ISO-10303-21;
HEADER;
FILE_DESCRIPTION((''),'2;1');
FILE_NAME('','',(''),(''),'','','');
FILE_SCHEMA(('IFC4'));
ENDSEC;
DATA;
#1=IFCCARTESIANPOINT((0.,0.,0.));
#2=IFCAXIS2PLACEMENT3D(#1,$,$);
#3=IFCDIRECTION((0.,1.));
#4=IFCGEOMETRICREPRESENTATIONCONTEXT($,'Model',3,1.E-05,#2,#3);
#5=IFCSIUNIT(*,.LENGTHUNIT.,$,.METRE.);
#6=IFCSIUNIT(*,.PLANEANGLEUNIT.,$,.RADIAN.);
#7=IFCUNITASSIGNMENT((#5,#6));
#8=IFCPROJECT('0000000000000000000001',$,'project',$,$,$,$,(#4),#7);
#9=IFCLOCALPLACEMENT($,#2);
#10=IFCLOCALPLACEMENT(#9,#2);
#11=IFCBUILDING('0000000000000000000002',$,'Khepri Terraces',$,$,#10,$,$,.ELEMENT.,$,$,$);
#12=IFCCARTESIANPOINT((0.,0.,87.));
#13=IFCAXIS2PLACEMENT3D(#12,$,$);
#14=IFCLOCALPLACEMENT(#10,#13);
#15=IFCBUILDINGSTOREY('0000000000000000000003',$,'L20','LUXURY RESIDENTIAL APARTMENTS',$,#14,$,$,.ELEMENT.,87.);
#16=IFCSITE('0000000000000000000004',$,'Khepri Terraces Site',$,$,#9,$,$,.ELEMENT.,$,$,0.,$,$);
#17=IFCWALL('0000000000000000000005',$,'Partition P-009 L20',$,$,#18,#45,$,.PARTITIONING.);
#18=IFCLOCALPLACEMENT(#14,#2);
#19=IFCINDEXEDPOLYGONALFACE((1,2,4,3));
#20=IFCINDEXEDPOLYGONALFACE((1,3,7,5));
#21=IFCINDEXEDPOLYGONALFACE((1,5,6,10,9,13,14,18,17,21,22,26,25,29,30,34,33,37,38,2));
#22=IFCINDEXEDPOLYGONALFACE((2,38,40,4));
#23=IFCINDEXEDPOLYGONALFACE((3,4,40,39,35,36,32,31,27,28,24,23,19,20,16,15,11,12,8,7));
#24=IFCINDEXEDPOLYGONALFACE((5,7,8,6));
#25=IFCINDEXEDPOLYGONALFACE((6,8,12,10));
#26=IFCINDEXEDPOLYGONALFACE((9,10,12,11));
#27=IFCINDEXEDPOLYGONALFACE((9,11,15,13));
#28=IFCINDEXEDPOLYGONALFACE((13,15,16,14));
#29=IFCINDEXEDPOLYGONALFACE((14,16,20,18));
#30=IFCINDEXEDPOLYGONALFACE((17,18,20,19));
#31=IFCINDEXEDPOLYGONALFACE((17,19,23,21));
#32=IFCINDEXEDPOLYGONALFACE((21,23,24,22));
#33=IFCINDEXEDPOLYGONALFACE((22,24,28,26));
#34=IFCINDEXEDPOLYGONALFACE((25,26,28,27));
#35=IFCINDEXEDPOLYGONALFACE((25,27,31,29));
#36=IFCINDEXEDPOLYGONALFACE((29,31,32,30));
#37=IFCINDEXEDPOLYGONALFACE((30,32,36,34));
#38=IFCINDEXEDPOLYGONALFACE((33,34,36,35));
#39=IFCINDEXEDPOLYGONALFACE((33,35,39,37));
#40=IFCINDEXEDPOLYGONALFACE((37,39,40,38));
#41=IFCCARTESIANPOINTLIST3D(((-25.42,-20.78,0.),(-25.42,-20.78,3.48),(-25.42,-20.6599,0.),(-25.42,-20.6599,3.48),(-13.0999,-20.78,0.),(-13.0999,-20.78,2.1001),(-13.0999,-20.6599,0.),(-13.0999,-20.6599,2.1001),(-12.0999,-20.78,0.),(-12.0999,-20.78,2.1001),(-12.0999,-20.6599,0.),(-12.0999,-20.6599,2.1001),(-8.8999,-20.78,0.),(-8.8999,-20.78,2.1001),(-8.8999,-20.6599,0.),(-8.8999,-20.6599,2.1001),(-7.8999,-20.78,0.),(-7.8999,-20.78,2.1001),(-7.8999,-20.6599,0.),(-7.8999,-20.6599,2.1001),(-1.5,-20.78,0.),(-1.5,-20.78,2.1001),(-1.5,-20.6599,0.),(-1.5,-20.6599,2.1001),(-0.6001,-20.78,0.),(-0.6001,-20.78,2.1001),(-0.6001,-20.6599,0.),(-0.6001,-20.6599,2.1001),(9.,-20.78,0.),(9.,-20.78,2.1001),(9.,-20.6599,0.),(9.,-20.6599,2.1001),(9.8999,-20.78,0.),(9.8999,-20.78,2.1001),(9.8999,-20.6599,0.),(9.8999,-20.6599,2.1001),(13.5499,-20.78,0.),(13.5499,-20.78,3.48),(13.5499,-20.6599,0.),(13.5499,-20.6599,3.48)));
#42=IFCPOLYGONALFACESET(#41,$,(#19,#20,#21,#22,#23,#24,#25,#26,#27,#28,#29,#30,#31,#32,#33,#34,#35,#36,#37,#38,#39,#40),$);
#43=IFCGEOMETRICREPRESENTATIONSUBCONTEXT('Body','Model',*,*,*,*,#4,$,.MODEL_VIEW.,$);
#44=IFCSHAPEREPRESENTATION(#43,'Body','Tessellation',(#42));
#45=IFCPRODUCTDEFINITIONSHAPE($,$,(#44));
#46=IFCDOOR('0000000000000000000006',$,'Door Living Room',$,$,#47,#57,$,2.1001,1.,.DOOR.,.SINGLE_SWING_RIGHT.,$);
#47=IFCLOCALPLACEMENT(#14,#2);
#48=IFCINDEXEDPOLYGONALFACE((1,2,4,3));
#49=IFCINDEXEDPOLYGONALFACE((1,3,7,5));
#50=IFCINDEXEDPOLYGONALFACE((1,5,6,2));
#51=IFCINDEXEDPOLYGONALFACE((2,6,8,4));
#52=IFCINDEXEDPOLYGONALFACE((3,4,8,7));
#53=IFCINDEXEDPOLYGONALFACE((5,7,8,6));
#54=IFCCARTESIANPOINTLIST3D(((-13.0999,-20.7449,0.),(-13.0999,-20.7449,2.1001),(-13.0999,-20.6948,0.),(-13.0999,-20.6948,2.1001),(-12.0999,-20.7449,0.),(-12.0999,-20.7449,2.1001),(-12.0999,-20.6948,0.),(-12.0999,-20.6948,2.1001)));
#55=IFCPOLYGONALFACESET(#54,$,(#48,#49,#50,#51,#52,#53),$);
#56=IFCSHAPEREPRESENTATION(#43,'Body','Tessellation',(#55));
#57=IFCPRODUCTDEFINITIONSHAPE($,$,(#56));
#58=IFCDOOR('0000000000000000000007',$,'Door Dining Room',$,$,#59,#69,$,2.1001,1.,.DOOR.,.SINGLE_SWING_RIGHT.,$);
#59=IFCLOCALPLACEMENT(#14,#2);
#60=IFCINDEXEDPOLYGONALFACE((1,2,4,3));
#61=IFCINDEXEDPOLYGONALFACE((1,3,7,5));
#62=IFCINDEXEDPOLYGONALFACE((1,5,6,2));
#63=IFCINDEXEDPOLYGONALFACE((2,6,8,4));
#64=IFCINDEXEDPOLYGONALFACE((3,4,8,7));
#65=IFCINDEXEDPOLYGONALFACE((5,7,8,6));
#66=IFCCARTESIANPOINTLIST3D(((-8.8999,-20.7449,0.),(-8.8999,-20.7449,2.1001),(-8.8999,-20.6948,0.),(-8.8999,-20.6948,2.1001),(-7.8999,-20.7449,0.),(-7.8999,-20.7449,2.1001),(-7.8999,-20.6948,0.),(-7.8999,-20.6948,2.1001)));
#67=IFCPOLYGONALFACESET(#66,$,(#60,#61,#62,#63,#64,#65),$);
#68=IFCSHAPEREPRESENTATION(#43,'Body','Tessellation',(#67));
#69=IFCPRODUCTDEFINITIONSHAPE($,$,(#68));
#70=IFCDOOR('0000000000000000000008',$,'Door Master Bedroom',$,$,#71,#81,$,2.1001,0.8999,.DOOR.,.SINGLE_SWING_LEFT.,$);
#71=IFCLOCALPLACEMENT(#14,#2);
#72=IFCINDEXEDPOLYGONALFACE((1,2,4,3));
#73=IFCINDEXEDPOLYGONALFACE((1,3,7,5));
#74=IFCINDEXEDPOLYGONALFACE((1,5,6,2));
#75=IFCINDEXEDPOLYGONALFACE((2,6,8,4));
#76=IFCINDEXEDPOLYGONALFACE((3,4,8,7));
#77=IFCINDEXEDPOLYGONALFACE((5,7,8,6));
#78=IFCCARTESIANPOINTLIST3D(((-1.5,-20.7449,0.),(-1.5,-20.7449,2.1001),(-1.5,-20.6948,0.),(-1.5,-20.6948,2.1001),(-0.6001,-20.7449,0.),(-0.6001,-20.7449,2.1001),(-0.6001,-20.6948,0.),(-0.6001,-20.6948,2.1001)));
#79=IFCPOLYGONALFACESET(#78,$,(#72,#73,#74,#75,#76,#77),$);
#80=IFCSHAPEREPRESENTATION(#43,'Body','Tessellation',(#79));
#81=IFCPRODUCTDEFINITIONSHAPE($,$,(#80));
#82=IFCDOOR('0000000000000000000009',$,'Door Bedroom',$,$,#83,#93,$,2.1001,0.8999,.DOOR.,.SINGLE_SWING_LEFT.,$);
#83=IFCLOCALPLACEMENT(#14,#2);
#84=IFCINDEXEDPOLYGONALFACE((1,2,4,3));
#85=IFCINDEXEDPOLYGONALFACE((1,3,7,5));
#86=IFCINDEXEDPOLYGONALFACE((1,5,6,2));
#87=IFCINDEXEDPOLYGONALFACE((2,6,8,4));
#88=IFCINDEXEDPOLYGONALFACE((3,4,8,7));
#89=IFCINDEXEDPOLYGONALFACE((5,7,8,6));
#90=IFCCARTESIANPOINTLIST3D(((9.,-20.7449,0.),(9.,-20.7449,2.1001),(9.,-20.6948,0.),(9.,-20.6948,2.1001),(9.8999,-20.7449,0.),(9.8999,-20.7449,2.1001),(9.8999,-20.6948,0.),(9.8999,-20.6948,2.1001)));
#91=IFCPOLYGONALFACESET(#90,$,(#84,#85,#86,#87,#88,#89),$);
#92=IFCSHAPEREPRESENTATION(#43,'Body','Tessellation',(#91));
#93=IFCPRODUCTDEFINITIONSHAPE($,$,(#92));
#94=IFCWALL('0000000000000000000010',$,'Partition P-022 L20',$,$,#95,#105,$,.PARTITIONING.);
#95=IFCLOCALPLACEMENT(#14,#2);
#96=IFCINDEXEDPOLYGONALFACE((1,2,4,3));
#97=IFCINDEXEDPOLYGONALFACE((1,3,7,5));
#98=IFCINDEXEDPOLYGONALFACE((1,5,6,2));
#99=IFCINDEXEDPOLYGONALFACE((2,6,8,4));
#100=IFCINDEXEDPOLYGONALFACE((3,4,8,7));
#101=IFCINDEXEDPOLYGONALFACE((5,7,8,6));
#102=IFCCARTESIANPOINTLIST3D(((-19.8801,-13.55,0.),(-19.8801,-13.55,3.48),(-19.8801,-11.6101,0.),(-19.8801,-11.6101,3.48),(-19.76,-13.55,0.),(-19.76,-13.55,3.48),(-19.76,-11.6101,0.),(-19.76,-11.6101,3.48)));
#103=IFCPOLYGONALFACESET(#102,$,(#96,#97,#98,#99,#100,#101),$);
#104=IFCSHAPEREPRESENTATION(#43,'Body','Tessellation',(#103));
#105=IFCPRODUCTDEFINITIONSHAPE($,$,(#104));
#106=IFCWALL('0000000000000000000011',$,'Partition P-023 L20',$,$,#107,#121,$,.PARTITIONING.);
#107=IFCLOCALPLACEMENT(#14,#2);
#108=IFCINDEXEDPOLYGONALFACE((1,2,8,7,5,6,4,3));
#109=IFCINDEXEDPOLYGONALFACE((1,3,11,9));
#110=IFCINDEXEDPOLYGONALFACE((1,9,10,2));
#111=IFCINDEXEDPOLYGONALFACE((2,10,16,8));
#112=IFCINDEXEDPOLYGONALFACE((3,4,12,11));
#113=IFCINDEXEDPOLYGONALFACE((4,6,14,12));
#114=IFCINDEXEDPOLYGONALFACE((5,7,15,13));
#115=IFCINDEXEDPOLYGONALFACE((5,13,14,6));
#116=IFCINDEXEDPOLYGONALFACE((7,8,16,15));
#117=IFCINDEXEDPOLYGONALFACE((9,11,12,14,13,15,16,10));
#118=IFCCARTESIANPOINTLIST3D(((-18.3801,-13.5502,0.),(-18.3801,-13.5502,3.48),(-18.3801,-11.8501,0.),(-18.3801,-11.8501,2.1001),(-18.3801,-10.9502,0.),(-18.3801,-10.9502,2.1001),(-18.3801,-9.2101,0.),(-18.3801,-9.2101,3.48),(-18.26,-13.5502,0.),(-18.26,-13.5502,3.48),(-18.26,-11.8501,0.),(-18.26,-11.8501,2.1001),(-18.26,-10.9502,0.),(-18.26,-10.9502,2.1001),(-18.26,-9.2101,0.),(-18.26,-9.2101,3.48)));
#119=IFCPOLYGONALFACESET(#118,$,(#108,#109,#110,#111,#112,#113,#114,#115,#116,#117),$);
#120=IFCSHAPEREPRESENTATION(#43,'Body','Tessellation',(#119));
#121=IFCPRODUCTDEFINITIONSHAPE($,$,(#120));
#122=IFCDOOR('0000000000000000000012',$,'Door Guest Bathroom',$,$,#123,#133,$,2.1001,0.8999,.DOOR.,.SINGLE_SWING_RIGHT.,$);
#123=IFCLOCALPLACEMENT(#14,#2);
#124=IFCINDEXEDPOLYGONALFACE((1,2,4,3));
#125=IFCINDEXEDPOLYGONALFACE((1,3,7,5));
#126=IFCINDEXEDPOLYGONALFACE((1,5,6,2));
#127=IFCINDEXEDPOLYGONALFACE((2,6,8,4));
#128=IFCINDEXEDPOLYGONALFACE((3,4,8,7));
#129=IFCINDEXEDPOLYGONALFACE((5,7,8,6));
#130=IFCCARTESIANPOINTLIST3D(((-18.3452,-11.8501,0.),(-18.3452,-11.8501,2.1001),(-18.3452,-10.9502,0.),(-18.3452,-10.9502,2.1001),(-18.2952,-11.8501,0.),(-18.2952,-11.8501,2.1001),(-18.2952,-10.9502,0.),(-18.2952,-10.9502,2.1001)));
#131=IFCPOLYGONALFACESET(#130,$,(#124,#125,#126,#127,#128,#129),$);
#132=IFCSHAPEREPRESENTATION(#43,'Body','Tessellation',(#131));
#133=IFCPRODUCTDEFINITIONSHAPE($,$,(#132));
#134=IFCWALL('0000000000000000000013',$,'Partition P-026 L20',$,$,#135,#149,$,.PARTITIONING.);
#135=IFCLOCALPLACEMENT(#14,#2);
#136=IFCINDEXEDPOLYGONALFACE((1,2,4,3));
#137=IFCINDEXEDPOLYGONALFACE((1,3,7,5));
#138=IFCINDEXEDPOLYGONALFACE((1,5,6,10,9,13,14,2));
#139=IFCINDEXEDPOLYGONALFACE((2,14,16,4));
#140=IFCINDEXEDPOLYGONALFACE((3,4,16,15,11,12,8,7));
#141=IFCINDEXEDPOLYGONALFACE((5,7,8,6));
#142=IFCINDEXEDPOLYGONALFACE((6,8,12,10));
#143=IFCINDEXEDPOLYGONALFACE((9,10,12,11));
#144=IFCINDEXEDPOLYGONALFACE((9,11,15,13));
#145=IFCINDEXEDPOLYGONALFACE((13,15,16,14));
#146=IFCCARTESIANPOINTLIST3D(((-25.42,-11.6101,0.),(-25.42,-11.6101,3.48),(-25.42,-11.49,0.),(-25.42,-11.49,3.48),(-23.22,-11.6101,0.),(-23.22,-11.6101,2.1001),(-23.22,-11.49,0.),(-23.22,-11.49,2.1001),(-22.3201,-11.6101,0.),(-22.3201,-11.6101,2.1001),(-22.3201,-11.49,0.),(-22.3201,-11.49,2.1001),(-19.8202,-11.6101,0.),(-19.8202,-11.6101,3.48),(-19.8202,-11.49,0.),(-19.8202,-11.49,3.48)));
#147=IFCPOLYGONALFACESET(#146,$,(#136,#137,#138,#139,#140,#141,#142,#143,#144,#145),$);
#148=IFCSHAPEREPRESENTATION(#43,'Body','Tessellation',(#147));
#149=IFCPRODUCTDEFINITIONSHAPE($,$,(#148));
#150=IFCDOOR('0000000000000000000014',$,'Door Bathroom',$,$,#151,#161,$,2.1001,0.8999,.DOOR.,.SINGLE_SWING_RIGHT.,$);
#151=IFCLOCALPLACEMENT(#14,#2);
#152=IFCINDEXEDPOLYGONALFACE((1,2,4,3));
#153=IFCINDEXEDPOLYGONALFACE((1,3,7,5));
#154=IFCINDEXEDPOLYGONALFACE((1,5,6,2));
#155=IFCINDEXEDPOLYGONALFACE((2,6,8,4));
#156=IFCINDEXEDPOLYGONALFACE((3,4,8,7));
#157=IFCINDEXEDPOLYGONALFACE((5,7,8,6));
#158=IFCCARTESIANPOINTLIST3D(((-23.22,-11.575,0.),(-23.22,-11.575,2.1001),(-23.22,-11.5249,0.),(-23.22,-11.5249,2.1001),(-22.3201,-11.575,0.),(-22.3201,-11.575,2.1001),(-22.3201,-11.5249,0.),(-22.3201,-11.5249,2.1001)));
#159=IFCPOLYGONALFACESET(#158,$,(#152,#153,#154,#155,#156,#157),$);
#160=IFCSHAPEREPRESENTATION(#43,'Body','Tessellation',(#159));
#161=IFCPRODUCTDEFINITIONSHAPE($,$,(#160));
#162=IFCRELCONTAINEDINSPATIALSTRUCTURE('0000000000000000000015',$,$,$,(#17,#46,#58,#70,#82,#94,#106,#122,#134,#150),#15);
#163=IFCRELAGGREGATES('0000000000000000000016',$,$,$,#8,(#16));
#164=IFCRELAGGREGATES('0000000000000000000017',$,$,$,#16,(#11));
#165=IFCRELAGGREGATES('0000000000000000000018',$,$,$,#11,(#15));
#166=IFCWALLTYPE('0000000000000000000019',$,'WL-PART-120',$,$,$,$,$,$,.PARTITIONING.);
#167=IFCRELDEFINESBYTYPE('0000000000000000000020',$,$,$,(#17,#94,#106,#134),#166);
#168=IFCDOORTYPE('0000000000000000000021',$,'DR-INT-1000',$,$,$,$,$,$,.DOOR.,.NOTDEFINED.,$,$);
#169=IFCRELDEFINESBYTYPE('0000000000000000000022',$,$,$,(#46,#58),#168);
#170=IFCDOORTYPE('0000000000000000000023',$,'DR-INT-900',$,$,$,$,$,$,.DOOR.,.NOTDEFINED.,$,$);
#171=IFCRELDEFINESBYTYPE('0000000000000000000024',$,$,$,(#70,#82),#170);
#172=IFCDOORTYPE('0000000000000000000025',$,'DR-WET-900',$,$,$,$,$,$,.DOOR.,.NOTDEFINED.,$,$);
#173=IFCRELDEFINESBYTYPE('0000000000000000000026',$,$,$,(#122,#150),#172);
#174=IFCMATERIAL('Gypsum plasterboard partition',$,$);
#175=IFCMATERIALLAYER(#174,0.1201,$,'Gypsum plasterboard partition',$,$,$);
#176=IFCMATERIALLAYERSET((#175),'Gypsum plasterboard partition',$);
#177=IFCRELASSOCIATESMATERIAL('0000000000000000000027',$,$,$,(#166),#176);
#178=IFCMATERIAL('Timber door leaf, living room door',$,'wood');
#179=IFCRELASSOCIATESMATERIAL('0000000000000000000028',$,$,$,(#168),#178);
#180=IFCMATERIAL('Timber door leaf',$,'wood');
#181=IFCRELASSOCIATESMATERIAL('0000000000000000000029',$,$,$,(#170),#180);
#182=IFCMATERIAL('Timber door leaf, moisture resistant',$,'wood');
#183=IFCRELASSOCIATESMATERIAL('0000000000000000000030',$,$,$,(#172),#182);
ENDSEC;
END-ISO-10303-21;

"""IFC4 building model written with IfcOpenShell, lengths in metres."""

from ifc_helpers import new_model, si_unit, direction, frame, frame_2d, origin, place, context, subcontext, project, spatial, rectangle, extrude, material, layer, layer_set, type_object, element, fill, save


model = new_model("IFC4")

# Units and contexts
model_context = context("Model", 3, precision=1e-05, world=origin(), true_north=direction((0.0, 1.0)))
body_context = subcontext(model_context, "Body", "Model", "MODEL_VIEW")
ifc_project = project(units=[si_unit("LENGTHUNIT", "METRE"), si_unit("PLANEANGLEUNIT", "RADIAN")], contexts=[model_context])

# Site, building, storey
site_placement = place(None, origin())
site = spatial("IfcSite", under=ifc_project, at=site_placement, Name="Khepri Terraces Site", CompositionType="ELEMENT", RefElevation=0.0)
building_placement = place(site_placement, origin())
building = spatial("IfcBuilding", under=site, at=building_placement, Name="Khepri Terraces", CompositionType="ELEMENT")
storey_placement = place(building_placement, frame((0.0, 0.0, 87.0)))
storey = spatial("IfcBuildingStorey", under=building, at=storey_placement, Name="L20", Description="LUXURY RESIDENTIAL APARTMENTS", CompositionType="ELEMENT", Elevation=87.0)

# Wall, openings, doors
ifc_material_1 = material(Name="Gypsum plasterboard partition")
ifc_layer_1 = layer(ifc_material_1, 0.1201, Name="Gypsum plasterboard partition")
ifc_layer_set_1 = layer_set([ifc_layer_1], Name="Gypsum plasterboard partition")
wall_type_1 = type_object("IfcWallType", Name="WL-PART-120", PredefinedType="PARTITIONING", material=ifc_layer_set_1)
wall_1_placement = place(storey_placement, frame((-25.4199, -20.72, 0.0), z_axis=(0.0, 0.0, 1.0), x_axis=(1.0, 0.0, 0.0)))
wall_1 = element("IfcWall", 1, at=wall_1_placement, inside=storey, type_object=wall_type_1, Name="Partition P-009 L20", PredefinedType="PARTITIONING", context=body_context, shape_type="SweptSolid", body=[
    extrude(rectangle(XDim=38.97, YDim=0.1201, at=frame_2d((19.4849, 0.0))), origin(), (0.0, 0.0, 1.0), 3.48),
])
opening_1_placement = place(wall_1_placement, frame((12.3201, 0.0, 0.0)))
opening_1 = element("IfcOpeningElement", 2, at=opening_1_placement, cuts=wall_1, PredefinedType="OPENING", context=body_context, shape_type="SweptSolid", body=[
    extrude(rectangle(XDim=1.0, YDim=2.1001, at=frame_2d((0.5, 1.05))), frame((0.0, 0.0701, 0.0), z_axis=(0.0, -1.0, 0.0), x_axis=(1.0, 0.0, 0.0)), (0.0, 0.0, 1.0), 0.1401),
])
opening_2_placement = place(wall_1_placement, frame((16.52, 0.0, 0.0)))
opening_2 = element("IfcOpeningElement", 3, at=opening_2_placement, cuts=wall_1, PredefinedType="OPENING", context=body_context, shape_type="SweptSolid", body=[
    extrude(rectangle(XDim=1.0, YDim=2.1001, at=frame_2d((0.5, 1.05))), frame((0.0, 0.0701, 0.0), z_axis=(0.0, -1.0, 0.0), x_axis=(1.0, 0.0, 0.0)), (0.0, 0.0, 1.0), 0.1401),
])
opening_3_placement = place(wall_1_placement, frame((23.9199, 0.0, 0.0)))
opening_3 = element("IfcOpeningElement", 4, at=opening_3_placement, cuts=wall_1, PredefinedType="OPENING", context=body_context, shape_type="SweptSolid", body=[
    extrude(rectangle(XDim=0.8999, YDim=2.1001, at=frame_2d((0.45, 1.05))), frame((0.0, 0.0701, 0.0), z_axis=(0.0, -1.0, 0.0), x_axis=(1.0, 0.0, 0.0)), (0.0, 0.0, 1.0), 0.1401),
])
opening_4_placement = place(wall_1_placement, frame((34.4199, 0.0, 0.0)))
opening_4 = element("IfcOpeningElement", 5, at=opening_4_placement, cuts=wall_1, PredefinedType="OPENING", context=body_context, shape_type="SweptSolid", body=[
    extrude(rectangle(XDim=0.8999, YDim=2.1001, at=frame_2d((0.45, 1.05))), frame((0.0, 0.0701, 0.0), z_axis=(0.0, -1.0, 0.0), x_axis=(1.0, 0.0, 0.0)), (0.0, 0.0, 1.0), 0.1401),
])
ifc_material_2 = material(Name="Timber door leaf, living room door", Category="wood")
door_type_1 = type_object("IfcDoorType", Name="DR-INT-1000", OperationType="NOTDEFINED", PredefinedType="DOOR", material=ifc_material_2)
door_1_placement = place(opening_1_placement, frame((1.0, 0.0, 0.0), z_axis=(0.0, 0.0, 1.0), x_axis=(-1.0, 0.0, 0.0)))
door_1 = element("IfcDoor", 6, at=door_1_placement, inside=storey, type_object=door_type_1, Name="Door Living Room", OperationType="SINGLE_SWING_RIGHT", OverallHeight=2.1001, OverallWidth=1.0, PredefinedType="DOOR", context=body_context, shape_type="SweptSolid", body=[
    extrude(rectangle(XDim=1.0, YDim=2.1001, at=frame_2d((0.5, 1.05))), frame((0.0, 0.0249, 0.0), z_axis=(0.0, -1.0, 0.0), x_axis=(1.0, 0.0, 0.0)), (0.0, 0.0, 1.0), 0.05),
])
fill(opening_1, door_1)
door_2_placement = place(opening_2_placement, frame((1.0, 0.0, 0.0), z_axis=(0.0, 0.0, 1.0), x_axis=(-1.0, 0.0, 0.0)))
door_2 = element("IfcDoor", 7, at=door_2_placement, inside=storey, type_object=door_type_1, Name="Door Dining Room", OperationType="SINGLE_SWING_RIGHT", OverallHeight=2.1001, OverallWidth=1.0, PredefinedType="DOOR", context=body_context, shape_type="SweptSolid", body=[
    extrude(rectangle(XDim=1.0, YDim=2.1001, at=frame_2d((0.5, 1.05))), frame((0.0, 0.0249, 0.0), z_axis=(0.0, -1.0, 0.0), x_axis=(1.0, 0.0, 0.0)), (0.0, 0.0, 1.0), 0.05),
])
fill(opening_2, door_2)
ifc_material_3 = material(Name="Timber door leaf", Category="wood")
door_type_2 = type_object("IfcDoorType", Name="DR-INT-900", OperationType="NOTDEFINED", PredefinedType="DOOR", material=ifc_material_3)
door_3_placement = place(opening_3_placement, frame((0.8999, 0.0, 0.0), z_axis=(0.0, 0.0, 1.0), x_axis=(-1.0, 0.0, 0.0)))
door_3 = element("IfcDoor", 8, at=door_3_placement, inside=storey, type_object=door_type_2, Name="Door Master Bedroom", OperationType="SINGLE_SWING_LEFT", OverallHeight=2.1001, OverallWidth=0.8999, PredefinedType="DOOR", context=body_context, shape_type="SweptSolid", body=[
    extrude(rectangle(XDim=0.8999, YDim=2.1001, at=frame_2d((0.45, 1.05))), frame((0.0, 0.0249, 0.0), z_axis=(0.0, -1.0, 0.0), x_axis=(1.0, 0.0, 0.0)), (0.0, 0.0, 1.0), 0.05),
])
fill(opening_3, door_3)
door_4_placement = place(opening_4_placement, frame((0.8999, 0.0, 0.0), z_axis=(0.0, 0.0, 1.0), x_axis=(-1.0, 0.0, 0.0)))
door_4 = element("IfcDoor", 9, at=door_4_placement, inside=storey, type_object=door_type_2, Name="Door Bedroom", OperationType="SINGLE_SWING_LEFT", OverallHeight=2.1001, OverallWidth=0.8999, PredefinedType="DOOR", context=body_context, shape_type="SweptSolid", body=[
    extrude(rectangle(XDim=0.8999, YDim=2.1001, at=frame_2d((0.45, 1.05))), frame((0.0, 0.0249, 0.0), z_axis=(0.0, -1.0, 0.0), x_axis=(1.0, 0.0, 0.0)), (0.0, 0.0, 1.0), 0.05),
])
fill(opening_4, door_4)

# Wall
wall_2_placement = place(storey_placement, frame((-19.8201, -13.55, 0.0), z_axis=(0.0, 0.0, 1.0), x_axis=(0.0, 1.0, 0.0)))
element("IfcWall", 10, at=wall_2_placement, inside=storey, type_object=wall_type_1, Name="Partition P-022 L20", PredefinedType="PARTITIONING", context=body_context, shape_type="SweptSolid", body=[
    extrude(rectangle(XDim=1.9399, YDim=0.1201, at=frame_2d((0.97, 0.0))), origin(), (0.0, 0.0, 1.0), 3.48),
])

# Walls, openings, doors
wall_3_placement = place(storey_placement, frame((-18.3201, -13.55, 0.0), z_axis=(0.0, 0.0, 1.0), x_axis=(0.0, 1.0, 0.0)))
wall_3 = element("IfcWall", 11, at=wall_3_placement, inside=storey, type_object=wall_type_1, Name="Partition P-023 L20", PredefinedType="PARTITIONING", context=body_context, shape_type="SweptSolid", body=[
    extrude(rectangle(XDim=4.3401, YDim=0.1201, at=frame_2d((2.1699, 0.0))), origin(), (0.0, 0.0, 1.0), 3.48),
])
opening_5_placement = place(wall_3_placement, frame((1.7, 0.0, 0.0)))
opening_5 = element("IfcOpeningElement", 12, at=opening_5_placement, cuts=wall_3, PredefinedType="OPENING", context=body_context, shape_type="SweptSolid", body=[
    extrude(rectangle(XDim=0.8999, YDim=2.1001, at=frame_2d((0.45, 1.05))), frame((0.0, 0.0701, 0.0), z_axis=(0.0, -1.0, 0.0), x_axis=(1.0, 0.0, 0.0)), (0.0, 0.0, 1.0), 0.1401),
])
ifc_material_4 = material(Name="Timber door leaf, moisture resistant", Category="wood")
door_type_3 = type_object("IfcDoorType", Name="DR-WET-900", OperationType="NOTDEFINED", PredefinedType="DOOR", material=ifc_material_4)
door_5_placement = place(opening_5_placement, frame((0.8999, 0.0, 0.0), z_axis=(0.0, 0.0, 1.0), x_axis=(-1.0, 0.0, 0.0)))
door_5 = element("IfcDoor", 13, at=door_5_placement, inside=storey, type_object=door_type_3, Name="Door Guest Bathroom", OperationType="SINGLE_SWING_RIGHT", OverallHeight=2.1001, OverallWidth=0.8999, PredefinedType="DOOR", context=body_context, shape_type="SweptSolid", body=[
    extrude(rectangle(XDim=0.8999, YDim=2.1001, at=frame_2d((0.45, 1.05))), frame((0.0, 0.0249, 0.0), z_axis=(0.0, -1.0, 0.0), x_axis=(1.0, 0.0, 0.0)), (0.0, 0.0, 1.0), 0.05),
])
fill(opening_5, door_5)
wall_4_placement = place(storey_placement, frame((-25.4199, -11.55, 0.0), z_axis=(0.0, 0.0, 1.0), x_axis=(1.0, 0.0, 0.0)))
wall_4 = element("IfcWall", 14, at=wall_4_placement, inside=storey, type_object=wall_type_1, Name="Partition P-026 L20", PredefinedType="PARTITIONING", context=body_context, shape_type="SweptSolid", body=[
    extrude(rectangle(XDim=5.5999, YDim=0.1201, at=frame_2d((2.7998, 0.0))), origin(), (0.0, 0.0, 1.0), 3.48),
])
opening_6_placement = place(wall_4_placement, frame((2.2, 0.0, 0.0)))
opening_6 = element("IfcOpeningElement", 15, at=opening_6_placement, cuts=wall_4, PredefinedType="OPENING", context=body_context, shape_type="SweptSolid", body=[
    extrude(rectangle(XDim=0.8999, YDim=2.1001, at=frame_2d((0.45, 1.05))), frame((0.0, 0.0701, 0.0), z_axis=(0.0, -1.0, 0.0), x_axis=(1.0, 0.0, 0.0)), (0.0, 0.0, 1.0), 0.1401),
])
door_6_placement = place(opening_6_placement, frame((0.8999, 0.0, 0.0), z_axis=(0.0, 0.0, 1.0), x_axis=(-1.0, 0.0, 0.0)))
door_6 = element("IfcDoor", 16, at=door_6_placement, inside=storey, type_object=door_type_3, Name="Door Bathroom", OperationType="SINGLE_SWING_RIGHT", OverallHeight=2.1001, OverallWidth=0.8999, PredefinedType="DOOR", context=body_context, shape_type="SweptSolid", body=[
    extrude(rectangle(XDim=0.8999, YDim=2.1001, at=frame_2d((0.45, 1.05))), frame((0.0, 0.0249, 0.0), z_axis=(0.0, -1.0, 0.0), x_axis=(1.0, 0.0, 0.0)), (0.0, 0.0, 1.0), 0.05),
])
fill(opening_6, door_6)

save(model, "model.ifc")
